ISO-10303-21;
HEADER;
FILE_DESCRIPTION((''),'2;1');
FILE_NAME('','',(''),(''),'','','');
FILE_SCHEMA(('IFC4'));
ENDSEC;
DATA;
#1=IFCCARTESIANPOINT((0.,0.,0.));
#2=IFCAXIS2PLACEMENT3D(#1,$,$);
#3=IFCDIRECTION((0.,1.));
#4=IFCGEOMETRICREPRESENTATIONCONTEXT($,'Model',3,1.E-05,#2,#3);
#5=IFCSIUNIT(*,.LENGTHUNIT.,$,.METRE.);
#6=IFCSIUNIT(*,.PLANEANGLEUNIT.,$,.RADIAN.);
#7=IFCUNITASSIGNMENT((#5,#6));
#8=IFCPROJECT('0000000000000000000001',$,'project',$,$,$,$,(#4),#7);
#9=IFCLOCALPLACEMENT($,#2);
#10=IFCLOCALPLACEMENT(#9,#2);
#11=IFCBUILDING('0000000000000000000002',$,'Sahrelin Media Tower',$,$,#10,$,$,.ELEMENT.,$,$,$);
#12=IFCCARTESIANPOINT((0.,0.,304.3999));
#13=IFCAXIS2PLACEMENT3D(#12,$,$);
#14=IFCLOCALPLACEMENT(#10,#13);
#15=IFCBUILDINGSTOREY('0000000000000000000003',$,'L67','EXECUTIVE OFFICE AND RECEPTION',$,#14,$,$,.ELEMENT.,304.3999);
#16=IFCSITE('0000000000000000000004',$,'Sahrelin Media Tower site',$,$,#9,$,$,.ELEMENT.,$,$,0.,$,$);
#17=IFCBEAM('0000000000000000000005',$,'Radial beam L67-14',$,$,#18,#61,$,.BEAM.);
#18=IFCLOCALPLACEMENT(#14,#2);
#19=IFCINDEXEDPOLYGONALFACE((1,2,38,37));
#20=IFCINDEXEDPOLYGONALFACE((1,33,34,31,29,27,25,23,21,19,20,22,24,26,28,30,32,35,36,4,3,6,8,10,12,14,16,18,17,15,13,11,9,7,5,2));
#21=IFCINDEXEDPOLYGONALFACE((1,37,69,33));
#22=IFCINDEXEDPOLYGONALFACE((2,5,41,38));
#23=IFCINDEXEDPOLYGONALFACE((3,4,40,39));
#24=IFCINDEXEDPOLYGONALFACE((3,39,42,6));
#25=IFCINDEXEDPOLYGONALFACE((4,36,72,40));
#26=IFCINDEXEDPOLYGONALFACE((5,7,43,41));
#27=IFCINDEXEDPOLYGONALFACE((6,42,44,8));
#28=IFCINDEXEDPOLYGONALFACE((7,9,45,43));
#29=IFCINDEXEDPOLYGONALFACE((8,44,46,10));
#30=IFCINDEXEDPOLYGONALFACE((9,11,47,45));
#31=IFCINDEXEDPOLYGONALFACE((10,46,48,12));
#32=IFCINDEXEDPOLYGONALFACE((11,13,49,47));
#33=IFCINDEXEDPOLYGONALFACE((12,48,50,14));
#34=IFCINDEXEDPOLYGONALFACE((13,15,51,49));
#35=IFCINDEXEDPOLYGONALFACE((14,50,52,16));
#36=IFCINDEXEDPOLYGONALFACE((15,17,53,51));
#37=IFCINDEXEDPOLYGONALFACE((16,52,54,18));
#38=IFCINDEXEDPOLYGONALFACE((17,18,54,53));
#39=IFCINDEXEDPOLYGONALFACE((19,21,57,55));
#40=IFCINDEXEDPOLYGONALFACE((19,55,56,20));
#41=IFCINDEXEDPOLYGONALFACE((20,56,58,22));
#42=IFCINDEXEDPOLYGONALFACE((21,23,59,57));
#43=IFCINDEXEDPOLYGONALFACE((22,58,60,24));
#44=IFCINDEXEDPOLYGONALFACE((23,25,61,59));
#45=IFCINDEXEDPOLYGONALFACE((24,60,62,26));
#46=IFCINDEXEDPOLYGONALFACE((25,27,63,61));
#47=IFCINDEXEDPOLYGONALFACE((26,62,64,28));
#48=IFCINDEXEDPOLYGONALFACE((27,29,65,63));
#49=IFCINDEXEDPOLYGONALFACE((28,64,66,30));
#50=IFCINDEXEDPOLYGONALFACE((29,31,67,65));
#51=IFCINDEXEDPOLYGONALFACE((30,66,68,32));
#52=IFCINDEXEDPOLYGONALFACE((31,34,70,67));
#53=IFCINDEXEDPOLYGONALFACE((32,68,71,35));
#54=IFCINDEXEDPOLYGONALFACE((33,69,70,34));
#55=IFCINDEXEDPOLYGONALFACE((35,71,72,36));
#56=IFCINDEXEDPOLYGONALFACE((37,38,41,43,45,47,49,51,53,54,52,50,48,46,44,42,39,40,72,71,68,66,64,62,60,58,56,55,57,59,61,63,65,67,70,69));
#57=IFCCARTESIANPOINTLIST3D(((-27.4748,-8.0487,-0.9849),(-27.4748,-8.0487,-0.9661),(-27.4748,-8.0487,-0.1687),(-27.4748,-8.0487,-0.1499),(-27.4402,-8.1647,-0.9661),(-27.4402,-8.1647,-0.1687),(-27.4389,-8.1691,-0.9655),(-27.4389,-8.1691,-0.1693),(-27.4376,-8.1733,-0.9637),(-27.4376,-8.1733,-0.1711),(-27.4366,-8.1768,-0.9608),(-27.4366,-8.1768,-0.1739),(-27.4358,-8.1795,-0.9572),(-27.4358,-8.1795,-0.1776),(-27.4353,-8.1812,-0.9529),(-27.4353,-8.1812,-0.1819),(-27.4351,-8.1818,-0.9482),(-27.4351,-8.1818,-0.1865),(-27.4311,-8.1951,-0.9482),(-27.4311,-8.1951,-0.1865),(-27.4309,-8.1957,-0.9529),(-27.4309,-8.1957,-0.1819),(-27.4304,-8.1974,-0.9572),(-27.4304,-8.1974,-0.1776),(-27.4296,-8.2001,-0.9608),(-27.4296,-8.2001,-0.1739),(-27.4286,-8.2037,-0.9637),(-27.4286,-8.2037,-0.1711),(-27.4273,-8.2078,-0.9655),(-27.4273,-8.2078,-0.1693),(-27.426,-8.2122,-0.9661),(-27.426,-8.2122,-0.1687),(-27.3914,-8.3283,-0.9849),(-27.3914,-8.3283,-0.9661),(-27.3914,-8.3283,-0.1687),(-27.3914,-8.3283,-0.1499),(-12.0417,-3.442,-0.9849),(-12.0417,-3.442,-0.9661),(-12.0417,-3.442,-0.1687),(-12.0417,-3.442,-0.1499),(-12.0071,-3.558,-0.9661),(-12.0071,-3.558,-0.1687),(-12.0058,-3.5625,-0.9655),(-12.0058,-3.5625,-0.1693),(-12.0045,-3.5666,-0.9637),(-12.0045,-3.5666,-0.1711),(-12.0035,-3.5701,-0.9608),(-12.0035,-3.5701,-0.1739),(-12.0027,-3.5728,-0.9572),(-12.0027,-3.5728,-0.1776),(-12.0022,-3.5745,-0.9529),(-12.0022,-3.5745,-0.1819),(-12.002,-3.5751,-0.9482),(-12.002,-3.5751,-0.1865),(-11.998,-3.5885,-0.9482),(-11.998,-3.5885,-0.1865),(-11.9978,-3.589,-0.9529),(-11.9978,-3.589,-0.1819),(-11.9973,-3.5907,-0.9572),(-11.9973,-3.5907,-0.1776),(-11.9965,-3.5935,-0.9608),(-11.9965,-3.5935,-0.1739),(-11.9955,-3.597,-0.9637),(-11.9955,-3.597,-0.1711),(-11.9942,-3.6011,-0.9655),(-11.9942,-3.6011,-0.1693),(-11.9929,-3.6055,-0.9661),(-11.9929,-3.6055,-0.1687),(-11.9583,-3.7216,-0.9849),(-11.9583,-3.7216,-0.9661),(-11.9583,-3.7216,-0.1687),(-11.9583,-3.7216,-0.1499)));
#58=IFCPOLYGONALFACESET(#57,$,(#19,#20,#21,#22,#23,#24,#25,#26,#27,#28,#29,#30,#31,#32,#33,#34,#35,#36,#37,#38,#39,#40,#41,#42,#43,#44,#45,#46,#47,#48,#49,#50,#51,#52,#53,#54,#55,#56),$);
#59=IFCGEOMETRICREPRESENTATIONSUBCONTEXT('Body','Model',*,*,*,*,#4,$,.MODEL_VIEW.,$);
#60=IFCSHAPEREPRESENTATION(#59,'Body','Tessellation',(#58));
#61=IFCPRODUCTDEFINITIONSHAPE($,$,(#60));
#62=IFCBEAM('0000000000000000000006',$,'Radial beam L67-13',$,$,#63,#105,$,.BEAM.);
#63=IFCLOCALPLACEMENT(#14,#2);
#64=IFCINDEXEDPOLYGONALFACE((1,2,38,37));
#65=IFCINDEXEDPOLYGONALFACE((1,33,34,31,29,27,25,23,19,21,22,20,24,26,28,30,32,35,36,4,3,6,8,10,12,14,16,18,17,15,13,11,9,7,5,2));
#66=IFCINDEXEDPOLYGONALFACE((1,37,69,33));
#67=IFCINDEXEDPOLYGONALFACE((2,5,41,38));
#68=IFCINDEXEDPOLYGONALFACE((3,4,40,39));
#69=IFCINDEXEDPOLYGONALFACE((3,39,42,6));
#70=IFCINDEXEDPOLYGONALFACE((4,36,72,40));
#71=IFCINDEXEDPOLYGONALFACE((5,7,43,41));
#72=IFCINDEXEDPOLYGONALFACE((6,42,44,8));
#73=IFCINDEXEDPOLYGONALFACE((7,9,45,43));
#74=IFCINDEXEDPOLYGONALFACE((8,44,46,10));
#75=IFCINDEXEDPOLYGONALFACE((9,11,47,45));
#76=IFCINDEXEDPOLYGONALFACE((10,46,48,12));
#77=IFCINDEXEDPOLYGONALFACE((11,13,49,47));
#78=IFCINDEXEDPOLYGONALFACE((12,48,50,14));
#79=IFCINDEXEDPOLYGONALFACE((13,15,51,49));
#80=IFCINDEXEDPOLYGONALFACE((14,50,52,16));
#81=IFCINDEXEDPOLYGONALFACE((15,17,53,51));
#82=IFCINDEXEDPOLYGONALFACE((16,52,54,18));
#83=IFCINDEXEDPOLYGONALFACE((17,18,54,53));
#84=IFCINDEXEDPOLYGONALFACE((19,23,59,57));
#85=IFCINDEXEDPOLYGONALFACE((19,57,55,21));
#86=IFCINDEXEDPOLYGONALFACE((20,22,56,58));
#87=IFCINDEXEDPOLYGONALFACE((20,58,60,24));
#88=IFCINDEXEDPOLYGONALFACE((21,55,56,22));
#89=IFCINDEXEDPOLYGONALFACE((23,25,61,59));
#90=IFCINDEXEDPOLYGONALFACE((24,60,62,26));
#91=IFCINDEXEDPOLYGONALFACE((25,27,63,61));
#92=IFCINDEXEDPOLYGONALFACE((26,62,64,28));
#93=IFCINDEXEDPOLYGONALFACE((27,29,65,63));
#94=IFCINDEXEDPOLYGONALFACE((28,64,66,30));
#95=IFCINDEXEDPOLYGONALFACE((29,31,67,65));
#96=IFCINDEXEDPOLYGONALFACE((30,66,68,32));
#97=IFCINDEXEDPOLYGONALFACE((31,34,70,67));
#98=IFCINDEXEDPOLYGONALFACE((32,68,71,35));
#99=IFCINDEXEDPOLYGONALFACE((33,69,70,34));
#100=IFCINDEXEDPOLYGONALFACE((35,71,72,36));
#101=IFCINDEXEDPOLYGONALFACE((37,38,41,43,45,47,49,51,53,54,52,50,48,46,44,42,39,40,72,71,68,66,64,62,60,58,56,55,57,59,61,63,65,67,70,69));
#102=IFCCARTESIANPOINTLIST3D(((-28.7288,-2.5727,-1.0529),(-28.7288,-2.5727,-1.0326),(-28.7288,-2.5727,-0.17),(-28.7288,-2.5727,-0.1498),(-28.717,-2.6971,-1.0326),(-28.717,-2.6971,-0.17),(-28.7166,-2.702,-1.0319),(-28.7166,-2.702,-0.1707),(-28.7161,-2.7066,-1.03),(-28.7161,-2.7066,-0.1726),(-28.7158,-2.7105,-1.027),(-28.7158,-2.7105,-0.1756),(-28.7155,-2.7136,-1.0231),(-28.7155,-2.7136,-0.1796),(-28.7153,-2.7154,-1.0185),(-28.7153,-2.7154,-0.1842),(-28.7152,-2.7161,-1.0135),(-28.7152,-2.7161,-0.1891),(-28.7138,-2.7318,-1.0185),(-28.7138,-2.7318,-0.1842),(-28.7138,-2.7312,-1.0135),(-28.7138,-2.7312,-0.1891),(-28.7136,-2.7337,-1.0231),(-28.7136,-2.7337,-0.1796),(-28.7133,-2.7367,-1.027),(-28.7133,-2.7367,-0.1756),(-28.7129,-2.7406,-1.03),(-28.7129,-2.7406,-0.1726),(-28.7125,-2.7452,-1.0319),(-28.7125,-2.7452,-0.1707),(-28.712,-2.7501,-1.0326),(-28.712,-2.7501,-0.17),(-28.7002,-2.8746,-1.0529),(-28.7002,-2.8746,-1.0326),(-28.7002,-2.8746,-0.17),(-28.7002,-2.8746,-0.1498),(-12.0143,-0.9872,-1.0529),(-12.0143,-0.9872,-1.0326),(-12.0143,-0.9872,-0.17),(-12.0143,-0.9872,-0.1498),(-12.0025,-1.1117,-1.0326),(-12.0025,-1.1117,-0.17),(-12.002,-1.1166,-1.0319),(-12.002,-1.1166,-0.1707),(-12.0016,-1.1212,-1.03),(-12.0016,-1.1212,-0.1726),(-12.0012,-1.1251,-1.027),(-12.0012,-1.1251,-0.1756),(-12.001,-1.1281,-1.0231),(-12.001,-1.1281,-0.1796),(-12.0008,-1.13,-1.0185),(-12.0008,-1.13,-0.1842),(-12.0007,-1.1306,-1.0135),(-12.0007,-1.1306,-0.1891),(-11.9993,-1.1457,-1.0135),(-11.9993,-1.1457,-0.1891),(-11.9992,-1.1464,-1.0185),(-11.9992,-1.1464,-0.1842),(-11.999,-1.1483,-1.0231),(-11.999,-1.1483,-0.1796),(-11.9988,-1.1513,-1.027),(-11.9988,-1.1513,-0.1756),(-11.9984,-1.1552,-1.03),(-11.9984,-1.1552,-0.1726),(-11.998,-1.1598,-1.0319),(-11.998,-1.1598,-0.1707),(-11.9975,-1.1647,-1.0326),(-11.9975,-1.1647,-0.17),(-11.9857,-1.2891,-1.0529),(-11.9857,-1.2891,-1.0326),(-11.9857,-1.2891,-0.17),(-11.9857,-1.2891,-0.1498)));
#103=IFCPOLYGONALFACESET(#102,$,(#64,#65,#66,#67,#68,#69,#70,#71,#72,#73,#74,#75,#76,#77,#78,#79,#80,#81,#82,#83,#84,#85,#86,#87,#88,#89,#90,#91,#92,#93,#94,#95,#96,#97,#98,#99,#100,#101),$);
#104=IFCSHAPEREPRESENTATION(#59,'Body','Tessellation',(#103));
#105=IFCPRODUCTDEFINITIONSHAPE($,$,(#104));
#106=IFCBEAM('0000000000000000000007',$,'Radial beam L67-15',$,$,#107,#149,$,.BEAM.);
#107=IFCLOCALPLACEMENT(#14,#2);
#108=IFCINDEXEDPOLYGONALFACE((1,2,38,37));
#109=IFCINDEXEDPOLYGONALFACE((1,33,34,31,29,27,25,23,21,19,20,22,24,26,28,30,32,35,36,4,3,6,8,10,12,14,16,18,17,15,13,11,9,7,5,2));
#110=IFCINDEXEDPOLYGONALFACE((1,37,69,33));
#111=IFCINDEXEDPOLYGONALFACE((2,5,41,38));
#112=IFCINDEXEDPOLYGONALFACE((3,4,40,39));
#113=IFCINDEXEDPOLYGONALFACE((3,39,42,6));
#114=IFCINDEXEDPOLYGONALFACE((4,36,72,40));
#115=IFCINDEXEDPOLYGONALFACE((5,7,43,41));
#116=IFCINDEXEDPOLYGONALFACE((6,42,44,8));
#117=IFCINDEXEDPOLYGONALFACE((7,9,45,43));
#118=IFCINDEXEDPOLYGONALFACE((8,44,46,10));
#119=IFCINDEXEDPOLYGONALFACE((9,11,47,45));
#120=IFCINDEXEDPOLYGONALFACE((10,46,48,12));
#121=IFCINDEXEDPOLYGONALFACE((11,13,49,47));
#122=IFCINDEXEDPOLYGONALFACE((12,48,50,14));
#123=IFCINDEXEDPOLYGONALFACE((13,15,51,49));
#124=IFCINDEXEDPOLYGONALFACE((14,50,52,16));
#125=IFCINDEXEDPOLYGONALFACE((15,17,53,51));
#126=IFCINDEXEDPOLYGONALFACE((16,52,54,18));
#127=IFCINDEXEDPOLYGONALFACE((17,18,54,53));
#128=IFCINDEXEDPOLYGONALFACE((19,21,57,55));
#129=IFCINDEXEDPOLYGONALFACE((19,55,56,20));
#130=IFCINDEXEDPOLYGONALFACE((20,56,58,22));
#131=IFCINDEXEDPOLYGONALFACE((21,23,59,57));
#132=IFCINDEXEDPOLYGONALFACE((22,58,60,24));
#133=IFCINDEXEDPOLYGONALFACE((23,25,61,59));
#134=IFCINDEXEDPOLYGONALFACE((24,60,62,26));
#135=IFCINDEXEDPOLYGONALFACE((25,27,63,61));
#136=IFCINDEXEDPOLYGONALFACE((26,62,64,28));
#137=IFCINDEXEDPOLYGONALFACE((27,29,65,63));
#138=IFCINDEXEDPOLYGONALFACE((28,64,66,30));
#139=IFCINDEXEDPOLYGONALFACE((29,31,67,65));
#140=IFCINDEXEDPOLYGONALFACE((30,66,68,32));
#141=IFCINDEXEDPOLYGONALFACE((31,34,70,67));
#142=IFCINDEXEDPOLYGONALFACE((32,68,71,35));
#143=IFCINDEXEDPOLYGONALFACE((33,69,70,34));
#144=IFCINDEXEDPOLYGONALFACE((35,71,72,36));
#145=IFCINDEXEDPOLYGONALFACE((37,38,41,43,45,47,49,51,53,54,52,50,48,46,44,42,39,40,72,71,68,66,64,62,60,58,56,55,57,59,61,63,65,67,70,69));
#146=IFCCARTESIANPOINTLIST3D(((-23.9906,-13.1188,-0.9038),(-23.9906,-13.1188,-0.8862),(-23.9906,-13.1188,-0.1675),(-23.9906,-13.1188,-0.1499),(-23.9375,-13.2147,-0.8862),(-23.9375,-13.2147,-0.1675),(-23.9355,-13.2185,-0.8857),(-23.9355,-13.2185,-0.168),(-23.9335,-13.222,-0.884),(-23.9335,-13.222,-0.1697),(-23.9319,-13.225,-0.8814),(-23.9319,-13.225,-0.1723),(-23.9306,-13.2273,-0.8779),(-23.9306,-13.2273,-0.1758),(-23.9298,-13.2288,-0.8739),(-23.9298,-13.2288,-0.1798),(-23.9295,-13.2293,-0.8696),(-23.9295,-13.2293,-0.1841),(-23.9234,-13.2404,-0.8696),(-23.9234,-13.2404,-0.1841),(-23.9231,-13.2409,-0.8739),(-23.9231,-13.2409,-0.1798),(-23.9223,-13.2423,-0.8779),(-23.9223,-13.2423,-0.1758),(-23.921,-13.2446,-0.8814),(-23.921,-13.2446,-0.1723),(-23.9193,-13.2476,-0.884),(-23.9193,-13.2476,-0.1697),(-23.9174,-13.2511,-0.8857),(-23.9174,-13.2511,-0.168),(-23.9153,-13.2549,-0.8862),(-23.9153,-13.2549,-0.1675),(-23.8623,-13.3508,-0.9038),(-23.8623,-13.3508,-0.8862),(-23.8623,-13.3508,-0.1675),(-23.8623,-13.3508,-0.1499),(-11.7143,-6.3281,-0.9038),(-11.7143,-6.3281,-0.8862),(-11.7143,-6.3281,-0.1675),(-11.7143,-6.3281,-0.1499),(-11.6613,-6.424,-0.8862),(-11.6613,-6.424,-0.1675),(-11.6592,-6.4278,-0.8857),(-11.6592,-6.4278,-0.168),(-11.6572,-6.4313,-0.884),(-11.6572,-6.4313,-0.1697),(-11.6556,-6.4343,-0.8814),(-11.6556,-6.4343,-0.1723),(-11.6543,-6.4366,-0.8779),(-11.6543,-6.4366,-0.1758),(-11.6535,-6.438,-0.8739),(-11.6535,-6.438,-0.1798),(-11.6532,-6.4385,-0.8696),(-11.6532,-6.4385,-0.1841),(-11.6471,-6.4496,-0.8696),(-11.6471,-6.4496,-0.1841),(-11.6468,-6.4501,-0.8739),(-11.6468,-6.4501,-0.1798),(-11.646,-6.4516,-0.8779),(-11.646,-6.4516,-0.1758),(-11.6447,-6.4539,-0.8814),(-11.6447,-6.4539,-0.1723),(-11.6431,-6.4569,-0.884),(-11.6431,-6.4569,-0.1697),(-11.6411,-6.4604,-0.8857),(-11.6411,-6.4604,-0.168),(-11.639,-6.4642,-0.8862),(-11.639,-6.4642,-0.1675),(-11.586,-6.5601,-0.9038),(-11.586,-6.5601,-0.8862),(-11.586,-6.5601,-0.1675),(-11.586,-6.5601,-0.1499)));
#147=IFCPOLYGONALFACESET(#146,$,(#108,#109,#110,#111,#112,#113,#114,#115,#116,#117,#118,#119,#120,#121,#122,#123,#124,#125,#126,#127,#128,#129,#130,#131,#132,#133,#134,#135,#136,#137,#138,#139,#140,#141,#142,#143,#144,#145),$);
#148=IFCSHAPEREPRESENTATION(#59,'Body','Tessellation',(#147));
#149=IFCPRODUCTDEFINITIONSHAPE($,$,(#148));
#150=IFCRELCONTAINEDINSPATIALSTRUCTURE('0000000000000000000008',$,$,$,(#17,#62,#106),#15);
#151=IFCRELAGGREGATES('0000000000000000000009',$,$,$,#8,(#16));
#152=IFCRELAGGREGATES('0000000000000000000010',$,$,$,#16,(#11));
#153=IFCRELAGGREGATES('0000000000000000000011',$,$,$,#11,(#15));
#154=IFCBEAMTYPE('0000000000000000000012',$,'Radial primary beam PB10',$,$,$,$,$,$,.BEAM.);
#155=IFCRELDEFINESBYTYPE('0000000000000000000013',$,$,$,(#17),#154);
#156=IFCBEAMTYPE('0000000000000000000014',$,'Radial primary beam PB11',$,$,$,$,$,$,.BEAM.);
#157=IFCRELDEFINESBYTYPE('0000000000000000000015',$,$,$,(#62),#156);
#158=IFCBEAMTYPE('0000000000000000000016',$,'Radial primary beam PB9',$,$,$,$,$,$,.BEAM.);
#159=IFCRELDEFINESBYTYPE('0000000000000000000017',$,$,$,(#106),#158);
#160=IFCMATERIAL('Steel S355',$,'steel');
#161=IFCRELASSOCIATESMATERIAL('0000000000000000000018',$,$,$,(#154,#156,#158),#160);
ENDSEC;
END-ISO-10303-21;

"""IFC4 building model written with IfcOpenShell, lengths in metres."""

from ifc_helpers import new_model, si_unit, direction, frame, origin, origin_2d, place, context, subcontext, project, spatial, i_section, extrude, material, material_profile, profile_set, type_object, element, save


model = new_model("IFC4")

# Units and contexts
model_context = context("Model", 3, precision=1e-05, world=origin(), true_north=direction((0.0, 1.0)))
body_context = subcontext(model_context, "Body", "Model", "MODEL_VIEW")
ifc_project = project(units=[si_unit("LENGTHUNIT", "METRE"), si_unit("PLANEANGLEUNIT", "RADIAN")], contexts=[model_context])

# Site, building, storey
site_placement = place(None, origin())
site = spatial("IfcSite", under=ifc_project, at=site_placement, Name="Sahrelin Media Tower site", CompositionType="ELEMENT", RefElevation=0.0)
building_placement = place(site_placement, origin())
building = spatial("IfcBuilding", under=site, at=building_placement, Name="Sahrelin Media Tower", CompositionType="ELEMENT")
storey_placement = place(building_placement, frame((0.0, 0.0, 304.3999)))
storey = spatial("IfcBuildingStorey", under=building, at=storey_placement, Name="L67", Description="EXECUTIVE OFFICE AND RECEPTION", CompositionType="ELEMENT", Elevation=304.3999)

# Beams
ifc_material_1 = material(Name="Steel S355", Category="steel")
ifc_material_profile_1 = material_profile(ifc_material_1, i_section(OverallWidth=0.2917, OverallDepth=0.835, WebThickness=0.0139, FlangeThickness=0.0188, FilletRadius=0.0178, at=origin_2d()), Name="UB 838x292x176")
ifc_profile_set_1 = profile_set([ifc_material_profile_1], Name="Steel S355")
beam_type_1 = type_object("IfcBeamType", Name="Radial primary beam PB10", PredefinedType="BEAM", material=ifc_profile_set_1)
beam_1_placement = place(storey_placement, frame((-12.0, -3.5818, -0.5674), z_axis=(-0.958223, -0.286024, 0.0), x_axis=(0.286024, -0.958223, 0.0)))
element("IfcBeam", 1, at=beam_1_placement, inside=storey, type_object=beam_type_1, Name="Radial beam L67-14", PredefinedType="BEAM", context=body_context, shape_type="SweptSolid", body=[
    extrude(i_section(OverallWidth=0.2917, OverallDepth=0.835, WebThickness=0.0139, FlangeThickness=0.0188, FilletRadius=0.0178, at=origin_2d()), origin(), (0.0, 0.0, 1.0), 16.106),
])
ifc_material_profile_2 = material_profile(ifc_material_1, i_section(OverallWidth=0.3032, OverallDepth=0.9031, WebThickness=0.0151, FlangeThickness=0.0203, FilletRadius=0.019, at=origin_2d()), Name="UB 914x305x201")
ifc_profile_set_2 = profile_set([ifc_material_profile_2], Name="Steel S355")
beam_type_2 = type_object("IfcBeamType", Name="Radial primary beam PB11", PredefinedType="BEAM", material=ifc_profile_set_2)
beam_2_placement = place(storey_placement, frame((-12.0, -1.1382, -0.6013), z_axis=(-0.995531, -0.09443, 0.0), x_axis=(0.09443, -0.995531, 0.0)))
element("IfcBeam", 2, at=beam_2_placement, inside=storey, type_object=beam_type_2, Name="Radial beam L67-13", PredefinedType="BEAM", context=body_context, shape_type="SweptSolid", body=[
    extrude(i_section(OverallWidth=0.3032, OverallDepth=0.9031, WebThickness=0.0151, FlangeThickness=0.0203, FilletRadius=0.019, at=origin_2d()), origin(), (0.0, 0.0, 1.0), 16.7896),
])
ifc_material_profile_3 = material_profile(ifc_material_1, i_section(OverallWidth=0.2651, OverallDepth=0.7539, WebThickness=0.0127, FlangeThickness=0.0176, FilletRadius=0.0166, at=origin_2d()), Name="UB 762x267x147")
ifc_profile_set_3 = profile_set([ifc_material_profile_3], Name="Steel S355")
beam_type_3 = type_object("IfcBeamType", Name="Radial primary beam PB9", PredefinedType="BEAM", material=ifc_profile_set_3)
beam_3_placement = place(storey_placement, frame((-11.6501, -6.4441, -0.5269), z_axis=(-0.875046, -0.484039, 0.0), x_axis=(0.484039, -0.875046, 0.0)))
element("IfcBeam", 3, at=beam_3_placement, inside=storey, type_object=beam_type_3, Name="Radial beam L67-15", PredefinedType="BEAM", context=body_context, shape_type="SweptSolid", body=[
    extrude(i_section(OverallWidth=0.2651, OverallDepth=0.7539, WebThickness=0.0127, FlangeThickness=0.0176, FilletRadius=0.0166, at=origin_2d()), origin(), (0.0, 0.0, 1.0), 14.0293),
])

save(model, "model.ifc")
